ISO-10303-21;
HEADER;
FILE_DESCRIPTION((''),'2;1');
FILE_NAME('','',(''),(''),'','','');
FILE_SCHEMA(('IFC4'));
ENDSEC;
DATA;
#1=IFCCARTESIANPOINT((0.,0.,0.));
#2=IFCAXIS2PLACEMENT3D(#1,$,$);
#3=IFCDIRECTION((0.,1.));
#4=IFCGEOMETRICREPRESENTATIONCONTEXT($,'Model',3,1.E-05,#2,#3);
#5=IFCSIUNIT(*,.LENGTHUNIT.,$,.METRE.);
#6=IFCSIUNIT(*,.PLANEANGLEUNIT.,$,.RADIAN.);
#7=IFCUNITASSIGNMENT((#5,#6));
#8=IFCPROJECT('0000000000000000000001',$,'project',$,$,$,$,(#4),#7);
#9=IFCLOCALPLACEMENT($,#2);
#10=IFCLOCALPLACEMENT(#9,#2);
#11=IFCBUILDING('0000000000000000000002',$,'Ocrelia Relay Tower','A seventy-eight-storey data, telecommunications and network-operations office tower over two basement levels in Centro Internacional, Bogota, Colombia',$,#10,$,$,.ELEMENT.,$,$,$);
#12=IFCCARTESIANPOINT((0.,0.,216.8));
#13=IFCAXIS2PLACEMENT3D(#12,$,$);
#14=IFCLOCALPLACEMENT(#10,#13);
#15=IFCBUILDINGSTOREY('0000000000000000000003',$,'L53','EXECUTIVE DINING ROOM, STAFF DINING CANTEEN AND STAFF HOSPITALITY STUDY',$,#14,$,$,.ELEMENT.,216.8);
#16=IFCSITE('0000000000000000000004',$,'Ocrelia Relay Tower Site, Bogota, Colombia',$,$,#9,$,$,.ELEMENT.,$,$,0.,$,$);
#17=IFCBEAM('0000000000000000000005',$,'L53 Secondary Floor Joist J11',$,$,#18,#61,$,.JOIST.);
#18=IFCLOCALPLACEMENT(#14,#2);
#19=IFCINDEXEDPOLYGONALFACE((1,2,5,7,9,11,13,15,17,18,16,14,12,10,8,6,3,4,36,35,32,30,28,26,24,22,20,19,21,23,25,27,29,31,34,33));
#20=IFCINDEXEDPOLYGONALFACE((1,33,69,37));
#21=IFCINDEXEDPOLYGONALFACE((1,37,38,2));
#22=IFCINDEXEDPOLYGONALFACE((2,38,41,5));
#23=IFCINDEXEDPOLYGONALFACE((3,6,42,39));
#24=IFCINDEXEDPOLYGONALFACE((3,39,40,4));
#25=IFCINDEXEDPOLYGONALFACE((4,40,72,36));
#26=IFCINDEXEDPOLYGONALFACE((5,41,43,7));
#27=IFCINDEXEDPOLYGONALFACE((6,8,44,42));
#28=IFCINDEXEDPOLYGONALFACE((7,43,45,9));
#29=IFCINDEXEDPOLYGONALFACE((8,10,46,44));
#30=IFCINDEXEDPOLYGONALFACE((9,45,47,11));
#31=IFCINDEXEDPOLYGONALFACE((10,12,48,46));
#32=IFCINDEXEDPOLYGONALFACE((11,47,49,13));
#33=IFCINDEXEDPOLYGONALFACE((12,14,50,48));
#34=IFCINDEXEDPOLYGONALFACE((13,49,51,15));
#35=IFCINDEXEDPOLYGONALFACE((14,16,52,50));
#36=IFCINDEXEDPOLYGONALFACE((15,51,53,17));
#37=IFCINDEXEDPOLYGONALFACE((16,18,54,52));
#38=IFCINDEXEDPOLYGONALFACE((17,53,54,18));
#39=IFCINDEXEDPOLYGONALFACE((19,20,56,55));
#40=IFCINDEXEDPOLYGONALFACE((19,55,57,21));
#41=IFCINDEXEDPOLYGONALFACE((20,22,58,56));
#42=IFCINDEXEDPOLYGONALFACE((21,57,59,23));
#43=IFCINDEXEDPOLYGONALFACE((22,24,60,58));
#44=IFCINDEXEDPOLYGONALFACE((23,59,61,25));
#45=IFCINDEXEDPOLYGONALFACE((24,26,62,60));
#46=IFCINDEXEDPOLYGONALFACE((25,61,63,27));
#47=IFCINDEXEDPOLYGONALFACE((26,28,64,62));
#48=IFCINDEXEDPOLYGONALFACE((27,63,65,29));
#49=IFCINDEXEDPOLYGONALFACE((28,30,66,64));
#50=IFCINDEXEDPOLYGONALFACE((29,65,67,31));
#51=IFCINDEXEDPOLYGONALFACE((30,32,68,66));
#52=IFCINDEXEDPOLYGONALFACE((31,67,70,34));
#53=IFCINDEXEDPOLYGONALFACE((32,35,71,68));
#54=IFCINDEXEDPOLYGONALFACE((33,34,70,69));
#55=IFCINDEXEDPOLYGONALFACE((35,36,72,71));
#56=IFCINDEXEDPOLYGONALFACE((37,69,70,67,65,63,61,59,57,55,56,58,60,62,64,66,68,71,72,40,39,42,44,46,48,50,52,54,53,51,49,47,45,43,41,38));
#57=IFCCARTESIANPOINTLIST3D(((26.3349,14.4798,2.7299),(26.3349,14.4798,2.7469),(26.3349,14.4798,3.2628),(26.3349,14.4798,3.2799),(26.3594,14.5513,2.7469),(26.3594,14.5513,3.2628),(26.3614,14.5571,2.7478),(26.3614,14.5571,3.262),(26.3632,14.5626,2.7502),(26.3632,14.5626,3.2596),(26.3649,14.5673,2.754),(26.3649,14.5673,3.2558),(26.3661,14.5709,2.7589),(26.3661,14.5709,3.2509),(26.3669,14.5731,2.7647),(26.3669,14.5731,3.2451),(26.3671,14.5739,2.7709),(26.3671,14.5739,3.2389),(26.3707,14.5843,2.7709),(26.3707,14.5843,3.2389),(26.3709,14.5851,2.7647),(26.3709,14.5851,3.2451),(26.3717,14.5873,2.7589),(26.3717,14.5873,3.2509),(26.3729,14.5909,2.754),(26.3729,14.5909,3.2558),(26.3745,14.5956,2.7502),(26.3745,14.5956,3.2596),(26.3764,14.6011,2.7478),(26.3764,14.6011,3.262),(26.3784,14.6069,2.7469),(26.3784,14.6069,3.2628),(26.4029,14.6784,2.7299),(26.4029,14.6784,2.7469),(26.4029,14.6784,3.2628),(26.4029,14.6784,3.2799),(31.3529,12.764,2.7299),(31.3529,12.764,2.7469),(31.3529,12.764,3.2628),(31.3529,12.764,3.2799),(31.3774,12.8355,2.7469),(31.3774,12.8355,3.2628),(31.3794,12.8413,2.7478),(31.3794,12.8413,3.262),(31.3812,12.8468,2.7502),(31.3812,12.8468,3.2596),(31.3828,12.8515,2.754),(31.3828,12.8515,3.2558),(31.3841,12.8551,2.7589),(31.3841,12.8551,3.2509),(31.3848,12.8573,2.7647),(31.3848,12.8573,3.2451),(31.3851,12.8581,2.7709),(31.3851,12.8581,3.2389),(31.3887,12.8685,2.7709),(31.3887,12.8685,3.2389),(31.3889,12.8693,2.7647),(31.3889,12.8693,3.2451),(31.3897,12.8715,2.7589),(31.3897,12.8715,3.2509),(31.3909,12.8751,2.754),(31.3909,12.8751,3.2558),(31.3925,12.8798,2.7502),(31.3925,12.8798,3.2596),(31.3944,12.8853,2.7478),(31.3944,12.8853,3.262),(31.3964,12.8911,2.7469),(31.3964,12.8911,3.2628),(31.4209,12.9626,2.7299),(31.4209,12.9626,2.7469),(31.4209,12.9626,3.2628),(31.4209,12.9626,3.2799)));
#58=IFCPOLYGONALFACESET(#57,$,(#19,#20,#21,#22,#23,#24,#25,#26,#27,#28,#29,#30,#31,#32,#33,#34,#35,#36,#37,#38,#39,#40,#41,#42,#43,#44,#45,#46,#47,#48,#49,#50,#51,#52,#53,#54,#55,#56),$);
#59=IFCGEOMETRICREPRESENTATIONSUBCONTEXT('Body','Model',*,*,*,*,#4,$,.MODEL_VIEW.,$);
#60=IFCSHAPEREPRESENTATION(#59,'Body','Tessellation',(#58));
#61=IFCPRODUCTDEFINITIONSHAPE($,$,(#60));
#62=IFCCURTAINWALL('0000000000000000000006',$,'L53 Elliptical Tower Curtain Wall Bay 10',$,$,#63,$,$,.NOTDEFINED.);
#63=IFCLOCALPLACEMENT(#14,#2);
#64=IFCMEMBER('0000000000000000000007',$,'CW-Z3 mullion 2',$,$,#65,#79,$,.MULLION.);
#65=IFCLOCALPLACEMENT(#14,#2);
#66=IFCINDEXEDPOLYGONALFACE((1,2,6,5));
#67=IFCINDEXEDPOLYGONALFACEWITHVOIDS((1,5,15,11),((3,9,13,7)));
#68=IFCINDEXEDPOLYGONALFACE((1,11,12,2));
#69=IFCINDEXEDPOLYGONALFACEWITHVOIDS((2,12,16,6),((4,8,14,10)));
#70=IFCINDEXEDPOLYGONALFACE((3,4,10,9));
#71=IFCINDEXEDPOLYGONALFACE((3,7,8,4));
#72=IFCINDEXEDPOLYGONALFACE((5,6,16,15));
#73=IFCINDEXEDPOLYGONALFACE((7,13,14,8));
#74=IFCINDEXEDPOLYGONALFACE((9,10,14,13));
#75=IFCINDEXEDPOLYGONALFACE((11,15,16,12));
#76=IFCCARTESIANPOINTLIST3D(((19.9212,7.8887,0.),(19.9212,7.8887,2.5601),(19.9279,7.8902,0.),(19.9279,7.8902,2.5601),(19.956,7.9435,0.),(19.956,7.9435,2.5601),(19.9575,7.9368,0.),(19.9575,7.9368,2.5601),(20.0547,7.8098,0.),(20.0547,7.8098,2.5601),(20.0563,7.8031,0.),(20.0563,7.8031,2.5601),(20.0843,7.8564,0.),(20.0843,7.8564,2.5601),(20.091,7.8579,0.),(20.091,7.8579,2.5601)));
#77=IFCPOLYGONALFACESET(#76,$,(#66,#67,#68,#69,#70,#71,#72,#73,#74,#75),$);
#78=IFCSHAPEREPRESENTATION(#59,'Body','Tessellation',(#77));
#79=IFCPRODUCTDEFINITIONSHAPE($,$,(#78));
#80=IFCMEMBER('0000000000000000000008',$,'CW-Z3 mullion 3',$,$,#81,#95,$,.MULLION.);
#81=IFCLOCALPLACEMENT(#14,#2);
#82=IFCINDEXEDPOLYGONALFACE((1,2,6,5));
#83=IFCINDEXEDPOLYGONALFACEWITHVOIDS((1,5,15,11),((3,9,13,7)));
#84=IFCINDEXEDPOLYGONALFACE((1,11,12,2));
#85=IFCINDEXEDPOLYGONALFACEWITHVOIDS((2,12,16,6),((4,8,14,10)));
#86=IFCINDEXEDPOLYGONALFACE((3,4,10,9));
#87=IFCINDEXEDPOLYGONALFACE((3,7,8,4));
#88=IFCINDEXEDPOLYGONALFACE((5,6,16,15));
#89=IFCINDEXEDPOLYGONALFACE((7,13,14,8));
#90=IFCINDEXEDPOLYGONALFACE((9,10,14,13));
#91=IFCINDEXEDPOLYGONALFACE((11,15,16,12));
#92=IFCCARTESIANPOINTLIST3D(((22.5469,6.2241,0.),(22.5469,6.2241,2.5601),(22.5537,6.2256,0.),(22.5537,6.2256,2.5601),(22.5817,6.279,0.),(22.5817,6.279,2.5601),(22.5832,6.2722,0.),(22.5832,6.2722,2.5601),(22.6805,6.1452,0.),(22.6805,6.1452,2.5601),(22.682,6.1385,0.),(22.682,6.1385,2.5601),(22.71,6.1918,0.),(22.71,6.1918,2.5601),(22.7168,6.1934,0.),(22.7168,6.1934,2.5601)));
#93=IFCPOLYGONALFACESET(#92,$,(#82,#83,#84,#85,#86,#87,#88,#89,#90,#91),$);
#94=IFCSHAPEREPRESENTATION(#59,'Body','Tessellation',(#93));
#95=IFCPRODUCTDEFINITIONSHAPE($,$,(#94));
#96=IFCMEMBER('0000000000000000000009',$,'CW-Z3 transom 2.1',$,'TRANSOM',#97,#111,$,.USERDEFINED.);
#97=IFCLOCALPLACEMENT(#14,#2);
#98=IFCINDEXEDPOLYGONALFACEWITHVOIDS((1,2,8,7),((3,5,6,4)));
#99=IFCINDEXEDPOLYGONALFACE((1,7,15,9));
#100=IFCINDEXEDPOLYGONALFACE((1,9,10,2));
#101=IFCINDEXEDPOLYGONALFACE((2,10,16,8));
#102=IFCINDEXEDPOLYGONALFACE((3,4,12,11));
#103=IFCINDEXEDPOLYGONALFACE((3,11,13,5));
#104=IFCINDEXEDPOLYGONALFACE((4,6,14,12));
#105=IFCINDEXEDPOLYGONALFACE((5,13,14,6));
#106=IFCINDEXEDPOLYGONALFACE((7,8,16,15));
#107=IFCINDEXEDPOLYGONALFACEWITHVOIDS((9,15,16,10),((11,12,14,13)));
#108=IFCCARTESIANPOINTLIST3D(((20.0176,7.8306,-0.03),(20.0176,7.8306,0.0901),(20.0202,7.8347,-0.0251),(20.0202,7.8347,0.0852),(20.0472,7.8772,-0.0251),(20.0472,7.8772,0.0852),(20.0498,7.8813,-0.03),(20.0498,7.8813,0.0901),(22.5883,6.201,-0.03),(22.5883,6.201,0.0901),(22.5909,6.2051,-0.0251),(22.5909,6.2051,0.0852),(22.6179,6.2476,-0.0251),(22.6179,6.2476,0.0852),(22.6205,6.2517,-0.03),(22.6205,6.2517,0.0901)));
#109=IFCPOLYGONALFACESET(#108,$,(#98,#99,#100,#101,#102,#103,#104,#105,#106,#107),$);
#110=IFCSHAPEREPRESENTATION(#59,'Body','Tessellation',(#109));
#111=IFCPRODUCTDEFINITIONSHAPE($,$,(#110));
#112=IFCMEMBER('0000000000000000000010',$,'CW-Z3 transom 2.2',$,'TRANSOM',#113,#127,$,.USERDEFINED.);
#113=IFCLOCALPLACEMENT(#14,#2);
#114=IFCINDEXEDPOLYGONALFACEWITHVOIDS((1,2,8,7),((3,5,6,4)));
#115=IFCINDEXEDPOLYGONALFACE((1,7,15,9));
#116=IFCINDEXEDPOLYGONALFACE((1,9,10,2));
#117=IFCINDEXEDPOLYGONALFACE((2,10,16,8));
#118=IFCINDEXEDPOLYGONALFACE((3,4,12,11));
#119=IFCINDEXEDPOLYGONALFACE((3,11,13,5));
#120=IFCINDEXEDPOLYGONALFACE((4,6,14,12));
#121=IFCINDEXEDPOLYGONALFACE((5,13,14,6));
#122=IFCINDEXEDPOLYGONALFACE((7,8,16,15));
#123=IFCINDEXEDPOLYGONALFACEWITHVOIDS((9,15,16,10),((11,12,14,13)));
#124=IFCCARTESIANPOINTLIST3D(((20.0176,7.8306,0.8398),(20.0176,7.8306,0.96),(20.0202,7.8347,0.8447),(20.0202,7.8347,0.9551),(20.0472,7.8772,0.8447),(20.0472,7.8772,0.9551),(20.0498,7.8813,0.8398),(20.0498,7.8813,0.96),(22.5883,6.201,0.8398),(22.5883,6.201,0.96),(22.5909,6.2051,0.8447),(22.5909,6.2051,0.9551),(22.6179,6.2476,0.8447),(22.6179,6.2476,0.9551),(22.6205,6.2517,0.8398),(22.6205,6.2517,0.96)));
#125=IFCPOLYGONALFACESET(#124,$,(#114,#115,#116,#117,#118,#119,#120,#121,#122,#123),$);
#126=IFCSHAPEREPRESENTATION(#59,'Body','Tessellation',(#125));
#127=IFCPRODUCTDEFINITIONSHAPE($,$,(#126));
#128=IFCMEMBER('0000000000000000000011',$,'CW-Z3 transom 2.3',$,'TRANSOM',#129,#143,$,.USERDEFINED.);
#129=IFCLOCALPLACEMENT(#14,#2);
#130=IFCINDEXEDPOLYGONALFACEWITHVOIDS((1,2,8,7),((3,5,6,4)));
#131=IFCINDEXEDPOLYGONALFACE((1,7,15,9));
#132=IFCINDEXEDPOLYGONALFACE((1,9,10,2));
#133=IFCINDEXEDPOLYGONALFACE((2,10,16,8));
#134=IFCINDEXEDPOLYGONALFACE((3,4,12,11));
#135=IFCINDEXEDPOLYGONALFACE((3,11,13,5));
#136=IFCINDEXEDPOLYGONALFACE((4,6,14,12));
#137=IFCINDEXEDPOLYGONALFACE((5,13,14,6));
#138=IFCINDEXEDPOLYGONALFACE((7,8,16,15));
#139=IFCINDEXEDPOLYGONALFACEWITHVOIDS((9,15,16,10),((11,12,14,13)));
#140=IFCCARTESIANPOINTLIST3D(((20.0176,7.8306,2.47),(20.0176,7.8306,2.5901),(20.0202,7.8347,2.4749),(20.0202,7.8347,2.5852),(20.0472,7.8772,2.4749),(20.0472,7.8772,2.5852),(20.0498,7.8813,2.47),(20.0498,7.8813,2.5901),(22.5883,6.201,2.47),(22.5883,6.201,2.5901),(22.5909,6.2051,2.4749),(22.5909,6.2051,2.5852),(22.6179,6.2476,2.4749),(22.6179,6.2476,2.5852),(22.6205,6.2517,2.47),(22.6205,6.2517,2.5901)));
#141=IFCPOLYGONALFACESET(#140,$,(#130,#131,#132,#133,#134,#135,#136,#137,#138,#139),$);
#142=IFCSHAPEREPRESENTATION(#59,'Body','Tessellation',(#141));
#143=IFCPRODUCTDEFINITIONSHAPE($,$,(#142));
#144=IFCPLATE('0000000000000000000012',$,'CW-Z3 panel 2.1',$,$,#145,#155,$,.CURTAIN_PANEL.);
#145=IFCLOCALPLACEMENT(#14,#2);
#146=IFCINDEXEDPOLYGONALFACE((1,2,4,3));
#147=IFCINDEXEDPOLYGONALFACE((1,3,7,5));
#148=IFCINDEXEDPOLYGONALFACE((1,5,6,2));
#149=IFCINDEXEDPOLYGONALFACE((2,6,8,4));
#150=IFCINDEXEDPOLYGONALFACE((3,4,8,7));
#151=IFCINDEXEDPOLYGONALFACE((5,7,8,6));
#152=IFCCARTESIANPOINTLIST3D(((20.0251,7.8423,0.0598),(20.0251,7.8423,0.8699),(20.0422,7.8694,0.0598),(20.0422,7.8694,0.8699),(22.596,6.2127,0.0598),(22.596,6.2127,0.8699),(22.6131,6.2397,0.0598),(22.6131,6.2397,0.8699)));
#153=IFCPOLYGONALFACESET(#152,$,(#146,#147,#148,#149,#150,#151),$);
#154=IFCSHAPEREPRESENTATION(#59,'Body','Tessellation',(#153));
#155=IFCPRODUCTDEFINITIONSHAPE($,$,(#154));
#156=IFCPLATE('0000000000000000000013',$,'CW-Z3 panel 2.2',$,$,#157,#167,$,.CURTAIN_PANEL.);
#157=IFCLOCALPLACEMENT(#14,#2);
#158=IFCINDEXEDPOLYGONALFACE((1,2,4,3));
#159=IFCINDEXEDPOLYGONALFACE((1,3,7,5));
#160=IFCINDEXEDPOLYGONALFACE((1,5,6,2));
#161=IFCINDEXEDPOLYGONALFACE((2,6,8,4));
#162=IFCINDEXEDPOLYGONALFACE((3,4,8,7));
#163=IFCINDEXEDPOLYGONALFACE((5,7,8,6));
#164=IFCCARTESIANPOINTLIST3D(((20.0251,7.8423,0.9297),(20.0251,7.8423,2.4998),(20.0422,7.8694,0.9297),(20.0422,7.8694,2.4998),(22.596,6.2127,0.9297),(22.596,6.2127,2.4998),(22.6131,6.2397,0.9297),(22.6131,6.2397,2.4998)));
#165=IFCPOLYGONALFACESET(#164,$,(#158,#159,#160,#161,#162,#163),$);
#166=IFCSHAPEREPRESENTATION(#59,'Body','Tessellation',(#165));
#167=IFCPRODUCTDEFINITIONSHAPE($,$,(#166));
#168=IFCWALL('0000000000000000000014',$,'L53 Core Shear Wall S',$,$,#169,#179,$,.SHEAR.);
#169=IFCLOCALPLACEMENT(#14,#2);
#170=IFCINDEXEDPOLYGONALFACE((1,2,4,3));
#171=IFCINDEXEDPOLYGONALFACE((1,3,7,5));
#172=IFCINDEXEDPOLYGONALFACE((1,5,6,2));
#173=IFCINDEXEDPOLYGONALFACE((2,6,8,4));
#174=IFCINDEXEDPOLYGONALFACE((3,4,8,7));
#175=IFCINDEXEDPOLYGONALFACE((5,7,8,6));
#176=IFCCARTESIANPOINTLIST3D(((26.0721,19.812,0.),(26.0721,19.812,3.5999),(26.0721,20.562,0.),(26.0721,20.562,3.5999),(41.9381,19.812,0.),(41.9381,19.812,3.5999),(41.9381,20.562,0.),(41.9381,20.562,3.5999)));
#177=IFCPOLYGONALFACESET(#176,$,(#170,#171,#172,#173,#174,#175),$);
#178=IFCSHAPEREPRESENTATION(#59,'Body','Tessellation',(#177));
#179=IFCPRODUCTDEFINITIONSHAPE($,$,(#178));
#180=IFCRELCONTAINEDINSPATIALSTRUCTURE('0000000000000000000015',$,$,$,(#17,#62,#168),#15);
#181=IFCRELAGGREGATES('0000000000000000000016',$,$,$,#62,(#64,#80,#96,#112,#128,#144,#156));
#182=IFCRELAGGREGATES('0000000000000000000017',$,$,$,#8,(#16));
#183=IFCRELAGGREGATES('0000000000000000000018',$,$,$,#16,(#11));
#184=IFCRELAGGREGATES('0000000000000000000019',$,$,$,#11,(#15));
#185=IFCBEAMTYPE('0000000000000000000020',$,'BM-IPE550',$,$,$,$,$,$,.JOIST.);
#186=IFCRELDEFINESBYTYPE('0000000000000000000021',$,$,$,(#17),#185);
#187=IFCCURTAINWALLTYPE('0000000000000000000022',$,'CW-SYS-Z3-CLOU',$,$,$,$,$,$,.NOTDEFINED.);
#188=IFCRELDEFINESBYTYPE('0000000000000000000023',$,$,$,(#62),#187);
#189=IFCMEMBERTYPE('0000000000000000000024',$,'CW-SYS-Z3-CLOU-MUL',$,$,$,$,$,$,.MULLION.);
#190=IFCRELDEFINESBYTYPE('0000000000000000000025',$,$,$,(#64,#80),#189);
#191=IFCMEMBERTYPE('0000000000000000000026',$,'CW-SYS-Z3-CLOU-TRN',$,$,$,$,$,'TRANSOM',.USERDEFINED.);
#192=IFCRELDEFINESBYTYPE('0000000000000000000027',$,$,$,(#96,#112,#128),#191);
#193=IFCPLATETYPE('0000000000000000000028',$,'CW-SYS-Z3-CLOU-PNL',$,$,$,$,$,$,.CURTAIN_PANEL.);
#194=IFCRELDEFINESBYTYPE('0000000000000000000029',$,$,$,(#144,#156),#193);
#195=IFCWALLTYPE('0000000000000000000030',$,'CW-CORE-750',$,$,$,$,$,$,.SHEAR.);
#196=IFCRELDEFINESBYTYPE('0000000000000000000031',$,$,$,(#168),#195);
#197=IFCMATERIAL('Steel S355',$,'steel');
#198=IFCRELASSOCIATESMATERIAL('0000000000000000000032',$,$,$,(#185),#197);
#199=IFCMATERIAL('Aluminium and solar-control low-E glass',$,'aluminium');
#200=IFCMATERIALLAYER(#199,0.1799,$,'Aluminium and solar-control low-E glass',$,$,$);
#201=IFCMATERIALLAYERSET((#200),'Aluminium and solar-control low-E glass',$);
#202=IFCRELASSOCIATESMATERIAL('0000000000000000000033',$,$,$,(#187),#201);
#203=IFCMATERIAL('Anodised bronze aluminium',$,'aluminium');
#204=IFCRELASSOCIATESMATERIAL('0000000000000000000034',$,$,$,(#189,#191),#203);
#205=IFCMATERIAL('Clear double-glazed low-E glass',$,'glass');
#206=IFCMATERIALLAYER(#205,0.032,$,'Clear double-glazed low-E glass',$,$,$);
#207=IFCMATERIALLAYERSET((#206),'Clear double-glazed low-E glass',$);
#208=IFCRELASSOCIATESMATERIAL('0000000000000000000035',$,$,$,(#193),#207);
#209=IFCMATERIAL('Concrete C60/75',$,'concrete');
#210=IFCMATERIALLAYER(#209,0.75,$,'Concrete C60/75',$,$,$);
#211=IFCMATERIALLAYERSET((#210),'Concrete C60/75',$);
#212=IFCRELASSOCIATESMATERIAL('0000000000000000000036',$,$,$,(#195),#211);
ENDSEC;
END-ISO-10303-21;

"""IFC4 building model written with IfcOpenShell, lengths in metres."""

from ifc_helpers import new_model, si_unit, direction, frame, frame_2d, origin, origin_2d, place, context, subcontext, project, spatial, rectangle, hollow_rectangle, i_section, extrude, material, layer, layer_set, material_profile, profile_set, type_object, element, aggregate, save


model = new_model("IFC4")

# Units and contexts
model_context = context("Model", 3, precision=1e-05, world=origin(), true_north=direction((0.0, 1.0)))
body_context = subcontext(model_context, "Body", "Model", "MODEL_VIEW")
ifc_project = project(units=[si_unit("LENGTHUNIT", "METRE"), si_unit("PLANEANGLEUNIT", "RADIAN")], contexts=[model_context])

# Site, building, storey
site_placement = place(None, origin())
site = spatial("IfcSite", under=ifc_project, at=site_placement, Name="Ocrelia Relay Tower Site, Bogota, Colombia", CompositionType="ELEMENT", RefElevation=0.0)
building_placement = place(site_placement, origin())
building = spatial("IfcBuilding", under=site, at=building_placement, Name="Ocrelia Relay Tower", Description="A seventy-eight-storey data, telecommunications and network-operations office tower over two basement levels in Centro Internacional, Bogota, Colombia", CompositionType="ELEMENT")
storey_placement = place(building_placement, frame((0.0, 0.0, 216.8)))
storey = spatial("IfcBuildingStorey", under=building, at=storey_placement, Name="L53", Description="EXECUTIVE DINING ROOM, STAFF DINING CANTEEN AND STAFF HOSPITALITY STUDY", CompositionType="ELEMENT", Elevation=216.8)

# Shared definitions
ifc_material_1 = material(Name="Concrete C60/75", Category="concrete")

# Beam
ifc_material_2 = material(Name="Steel S355", Category="steel")
ifc_material_profile_1 = material_profile(ifc_material_2, i_section(OverallWidth=0.21, OverallDepth=0.55, WebThickness=0.011, FlangeThickness=0.0171, FilletRadius=0.0239, at=origin_2d()), Name="IPE 550")
ifc_profile_set_1 = profile_set([ifc_material_profile_1], Name="Steel S355")
beam_type_1 = type_object("IfcBeamType", Name="BM-IPE550", PredefinedType="JOIST", material=ifc_profile_set_1)
beam_1_placement = place(storey_placement, frame((26.3689, 14.5791, 3.0049), z_axis=(0.946215, -0.323538, 0.0), x_axis=(0.323538, 0.946215, 0.0)))
element("IfcBeam", 1, at=beam_1_placement, inside=storey, type_object=beam_type_1, Name="L53 Secondary Floor Joist J11", PredefinedType="JOIST", context=body_context, shape_type="SweptSolid", body=[
    extrude(i_section(OverallWidth=0.21, OverallDepth=0.55, WebThickness=0.011, FlangeThickness=0.0171, FilletRadius=0.0239, at=origin_2d()), origin(), (0.0, 0.0, 1.0), 5.3032),
])

# Curtain wall, members, plates
ifc_material_3 = material(Name="Aluminium and solar-control low-E glass", Category="aluminium")
ifc_layer_1 = layer(ifc_material_3, 0.1799, Name="Aluminium and solar-control low-E glass")
ifc_layer_set_1 = layer_set([ifc_layer_1], Name="Aluminium and solar-control low-E glass")
curtain_wall_type = type_object("IfcCurtainWallType", Name="CW-SYS-Z3-CLOU", PredefinedType="NOTDEFINED", material=ifc_layer_set_1)
curtain_wall_placement = place(storey_placement, origin())
curtain_wall = element("IfcCurtainWall", 2, at=curtain_wall_placement, inside=storey, type_object=curtain_wall_type, Name="L53 Elliptical Tower Curtain Wall Bay 10", PredefinedType="NOTDEFINED")
ifc_material_4 = material(Name="Anodised bronze aluminium", Category="aluminium")
ifc_material_profile_2 = material_profile(ifc_material_4, hollow_rectangle(XDim=0.0649, YDim=0.1599, WallThickness=0.0049, at=origin_2d()), Name="CW-MUL-160x65")
ifc_profile_set_2 = profile_set([ifc_material_profile_2], Name="Anodised bronze aluminium")
member_type_1 = type_object("IfcMemberType", Name="CW-SYS-Z3-CLOU-MUL", PredefinedType="MULLION", material=ifc_profile_set_2)
member_1_placement = place(storey_placement, frame((20.0061, 7.8733, 0.0), z_axis=(0.0, 0.0, 1.0), x_axis=(0.535383, 0.844609, 0.0)))
member_1 = element("IfcMember", 3, at=member_1_placement, type_object=member_type_1, Name="CW-Z3 mullion 2", PredefinedType="MULLION", context=body_context, shape_type="SweptSolid", body=[
    extrude(hollow_rectangle(XDim=0.0649, YDim=0.1599, WallThickness=0.0049, at=origin_2d()), origin(), (0.0, 0.0, 1.0), 2.5601),
])
member_2_placement = place(storey_placement, frame((22.6318, 6.2087, 0.0), z_axis=(0.0, 0.0, 1.0), x_axis=(0.535383, 0.844609, 0.0)))
member_2 = element("IfcMember", 4, at=member_2_placement, type_object=member_type_1, Name="CW-Z3 mullion 3", PredefinedType="MULLION", context=body_context, shape_type="SweptSolid", body=[
    extrude(hollow_rectangle(XDim=0.0649, YDim=0.1599, WallThickness=0.0049, at=origin_2d()), origin(), (0.0, 0.0, 1.0), 2.5601),
])
ifc_material_profile_3 = material_profile(ifc_material_4, hollow_rectangle(XDim=0.0601, YDim=0.1201, WallThickness=0.0049, at=origin_2d()), Name="CW-TRN-120x60")
ifc_profile_set_3 = profile_set([ifc_material_profile_3], Name="Anodised bronze aluminium")
member_type_2 = type_object("IfcMemberType", Name="CW-SYS-Z3-CLOU-TRN", ElementType="TRANSOM", PredefinedType="USERDEFINED", material=ifc_profile_set_3)
member_3_placement = place(storey_placement, frame((20.0337, 7.856, 0.03), z_axis=(0.844601, -0.535396, 0.0), x_axis=(0.535396, 0.844601, 0.0)))
member_3 = element("IfcMember", 5, at=member_3_placement, type_object=member_type_2, Name="CW-Z3 transom 2.1", ObjectType="TRANSOM", PredefinedType="USERDEFINED", context=body_context, shape_type="SweptSolid", body=[
    extrude(hollow_rectangle(XDim=0.0601, YDim=0.1201, WallThickness=0.0049, at=origin_2d()), origin(), (0.0, 0.0, 1.0), 3.0437),
])
member_4_placement = place(storey_placement, frame((20.0337, 7.856, 0.8999), z_axis=(0.844601, -0.535396, 0.0), x_axis=(0.535396, 0.844601, 0.0)))
member_4 = element("IfcMember", 6, at=member_4_placement, type_object=member_type_2, Name="CW-Z3 transom 2.2", ObjectType="TRANSOM", PredefinedType="USERDEFINED", context=body_context, shape_type="SweptSolid", body=[
    extrude(hollow_rectangle(XDim=0.0601, YDim=0.1201, WallThickness=0.0049, at=origin_2d()), origin(), (0.0, 0.0, 1.0), 3.0437),
])
member_5_placement = place(storey_placement, frame((20.0337, 7.856, 2.53), z_axis=(0.844601, -0.535396, 0.0), x_axis=(0.535396, 0.844601, 0.0)))
member_5 = element("IfcMember", 7, at=member_5_placement, type_object=member_type_2, Name="CW-Z3 transom 2.3", ObjectType="TRANSOM", PredefinedType="USERDEFINED", context=body_context, shape_type="SweptSolid", body=[
    extrude(hollow_rectangle(XDim=0.0601, YDim=0.1201, WallThickness=0.0049, at=origin_2d()), origin(), (0.0, 0.0, 1.0), 3.0437),
])
ifc_material_5 = material(Name="Clear double-glazed low-E glass", Category="glass")
ifc_layer_2 = layer(ifc_material_5, 0.032, Name="Clear double-glazed low-E glass")
ifc_layer_set_2 = layer_set([ifc_layer_2], Name="Clear double-glazed low-E glass")
plate_type = type_object("IfcPlateType", Name="CW-SYS-Z3-CLOU-PNL", PredefinedType="CURTAIN_PANEL", material=ifc_layer_set_2)
plate_1_placement = place(storey_placement, frame((21.3191, 7.041, 0.0598), z_axis=(0.0, 0.0, 1.0), x_axis=(0.844609, -0.535383, 0.0)))
plate_1 = element("IfcPlate", 8, at=plate_1_placement, type_object=plate_type, Name="CW-Z3 panel 2.1", PredefinedType="CURTAIN_PANEL", context=body_context, shape_type="SweptSolid", body=[
    extrude(rectangle(XDim=3.0439, YDim=0.032, at=origin_2d()), origin(), (0.0, 0.0, 1.0), 0.8101),
])
plate_2_placement = place(storey_placement, frame((21.3191, 7.041, 0.9297), z_axis=(0.0, 0.0, 1.0), x_axis=(0.844609, -0.535383, 0.0)))
plate_2 = element("IfcPlate", 9, at=plate_2_placement, type_object=plate_type, Name="CW-Z3 panel 2.2", PredefinedType="CURTAIN_PANEL", context=body_context, shape_type="SweptSolid", body=[
    extrude(rectangle(XDim=3.0439, YDim=0.032, at=origin_2d()), origin(), (0.0, 0.0, 1.0), 1.5701),
])
aggregate(curtain_wall, [member_1, member_2, member_3, member_4, member_5, plate_1, plate_2])

# Wall
ifc_layer_3 = layer(ifc_material_1, 0.75, Name="Concrete C60/75")
ifc_layer_set_3 = layer_set([ifc_layer_3], Name="Concrete C60/75")
wall_type_1 = type_object("IfcWallType", Name="CW-CORE-750", PredefinedType="SHEAR", material=ifc_layer_set_3)
wall_1_placement = place(storey_placement, frame((26.072, 20.187, 0.0), z_axis=(0.0, 0.0, 1.0), x_axis=(1.0, 0.0, 0.0)))
element("IfcWall", 10, at=wall_1_placement, inside=storey, type_object=wall_type_1, Name="L53 Core Shear Wall S", PredefinedType="SHEAR", context=body_context, shape_type="SweptSolid", body=[
    extrude(rectangle(XDim=15.866, YDim=0.75, at=frame_2d((7.9331, 0.0))), origin(), (0.0, 0.0, 1.0), 3.5999),
])

save(model, "model.ifc")
